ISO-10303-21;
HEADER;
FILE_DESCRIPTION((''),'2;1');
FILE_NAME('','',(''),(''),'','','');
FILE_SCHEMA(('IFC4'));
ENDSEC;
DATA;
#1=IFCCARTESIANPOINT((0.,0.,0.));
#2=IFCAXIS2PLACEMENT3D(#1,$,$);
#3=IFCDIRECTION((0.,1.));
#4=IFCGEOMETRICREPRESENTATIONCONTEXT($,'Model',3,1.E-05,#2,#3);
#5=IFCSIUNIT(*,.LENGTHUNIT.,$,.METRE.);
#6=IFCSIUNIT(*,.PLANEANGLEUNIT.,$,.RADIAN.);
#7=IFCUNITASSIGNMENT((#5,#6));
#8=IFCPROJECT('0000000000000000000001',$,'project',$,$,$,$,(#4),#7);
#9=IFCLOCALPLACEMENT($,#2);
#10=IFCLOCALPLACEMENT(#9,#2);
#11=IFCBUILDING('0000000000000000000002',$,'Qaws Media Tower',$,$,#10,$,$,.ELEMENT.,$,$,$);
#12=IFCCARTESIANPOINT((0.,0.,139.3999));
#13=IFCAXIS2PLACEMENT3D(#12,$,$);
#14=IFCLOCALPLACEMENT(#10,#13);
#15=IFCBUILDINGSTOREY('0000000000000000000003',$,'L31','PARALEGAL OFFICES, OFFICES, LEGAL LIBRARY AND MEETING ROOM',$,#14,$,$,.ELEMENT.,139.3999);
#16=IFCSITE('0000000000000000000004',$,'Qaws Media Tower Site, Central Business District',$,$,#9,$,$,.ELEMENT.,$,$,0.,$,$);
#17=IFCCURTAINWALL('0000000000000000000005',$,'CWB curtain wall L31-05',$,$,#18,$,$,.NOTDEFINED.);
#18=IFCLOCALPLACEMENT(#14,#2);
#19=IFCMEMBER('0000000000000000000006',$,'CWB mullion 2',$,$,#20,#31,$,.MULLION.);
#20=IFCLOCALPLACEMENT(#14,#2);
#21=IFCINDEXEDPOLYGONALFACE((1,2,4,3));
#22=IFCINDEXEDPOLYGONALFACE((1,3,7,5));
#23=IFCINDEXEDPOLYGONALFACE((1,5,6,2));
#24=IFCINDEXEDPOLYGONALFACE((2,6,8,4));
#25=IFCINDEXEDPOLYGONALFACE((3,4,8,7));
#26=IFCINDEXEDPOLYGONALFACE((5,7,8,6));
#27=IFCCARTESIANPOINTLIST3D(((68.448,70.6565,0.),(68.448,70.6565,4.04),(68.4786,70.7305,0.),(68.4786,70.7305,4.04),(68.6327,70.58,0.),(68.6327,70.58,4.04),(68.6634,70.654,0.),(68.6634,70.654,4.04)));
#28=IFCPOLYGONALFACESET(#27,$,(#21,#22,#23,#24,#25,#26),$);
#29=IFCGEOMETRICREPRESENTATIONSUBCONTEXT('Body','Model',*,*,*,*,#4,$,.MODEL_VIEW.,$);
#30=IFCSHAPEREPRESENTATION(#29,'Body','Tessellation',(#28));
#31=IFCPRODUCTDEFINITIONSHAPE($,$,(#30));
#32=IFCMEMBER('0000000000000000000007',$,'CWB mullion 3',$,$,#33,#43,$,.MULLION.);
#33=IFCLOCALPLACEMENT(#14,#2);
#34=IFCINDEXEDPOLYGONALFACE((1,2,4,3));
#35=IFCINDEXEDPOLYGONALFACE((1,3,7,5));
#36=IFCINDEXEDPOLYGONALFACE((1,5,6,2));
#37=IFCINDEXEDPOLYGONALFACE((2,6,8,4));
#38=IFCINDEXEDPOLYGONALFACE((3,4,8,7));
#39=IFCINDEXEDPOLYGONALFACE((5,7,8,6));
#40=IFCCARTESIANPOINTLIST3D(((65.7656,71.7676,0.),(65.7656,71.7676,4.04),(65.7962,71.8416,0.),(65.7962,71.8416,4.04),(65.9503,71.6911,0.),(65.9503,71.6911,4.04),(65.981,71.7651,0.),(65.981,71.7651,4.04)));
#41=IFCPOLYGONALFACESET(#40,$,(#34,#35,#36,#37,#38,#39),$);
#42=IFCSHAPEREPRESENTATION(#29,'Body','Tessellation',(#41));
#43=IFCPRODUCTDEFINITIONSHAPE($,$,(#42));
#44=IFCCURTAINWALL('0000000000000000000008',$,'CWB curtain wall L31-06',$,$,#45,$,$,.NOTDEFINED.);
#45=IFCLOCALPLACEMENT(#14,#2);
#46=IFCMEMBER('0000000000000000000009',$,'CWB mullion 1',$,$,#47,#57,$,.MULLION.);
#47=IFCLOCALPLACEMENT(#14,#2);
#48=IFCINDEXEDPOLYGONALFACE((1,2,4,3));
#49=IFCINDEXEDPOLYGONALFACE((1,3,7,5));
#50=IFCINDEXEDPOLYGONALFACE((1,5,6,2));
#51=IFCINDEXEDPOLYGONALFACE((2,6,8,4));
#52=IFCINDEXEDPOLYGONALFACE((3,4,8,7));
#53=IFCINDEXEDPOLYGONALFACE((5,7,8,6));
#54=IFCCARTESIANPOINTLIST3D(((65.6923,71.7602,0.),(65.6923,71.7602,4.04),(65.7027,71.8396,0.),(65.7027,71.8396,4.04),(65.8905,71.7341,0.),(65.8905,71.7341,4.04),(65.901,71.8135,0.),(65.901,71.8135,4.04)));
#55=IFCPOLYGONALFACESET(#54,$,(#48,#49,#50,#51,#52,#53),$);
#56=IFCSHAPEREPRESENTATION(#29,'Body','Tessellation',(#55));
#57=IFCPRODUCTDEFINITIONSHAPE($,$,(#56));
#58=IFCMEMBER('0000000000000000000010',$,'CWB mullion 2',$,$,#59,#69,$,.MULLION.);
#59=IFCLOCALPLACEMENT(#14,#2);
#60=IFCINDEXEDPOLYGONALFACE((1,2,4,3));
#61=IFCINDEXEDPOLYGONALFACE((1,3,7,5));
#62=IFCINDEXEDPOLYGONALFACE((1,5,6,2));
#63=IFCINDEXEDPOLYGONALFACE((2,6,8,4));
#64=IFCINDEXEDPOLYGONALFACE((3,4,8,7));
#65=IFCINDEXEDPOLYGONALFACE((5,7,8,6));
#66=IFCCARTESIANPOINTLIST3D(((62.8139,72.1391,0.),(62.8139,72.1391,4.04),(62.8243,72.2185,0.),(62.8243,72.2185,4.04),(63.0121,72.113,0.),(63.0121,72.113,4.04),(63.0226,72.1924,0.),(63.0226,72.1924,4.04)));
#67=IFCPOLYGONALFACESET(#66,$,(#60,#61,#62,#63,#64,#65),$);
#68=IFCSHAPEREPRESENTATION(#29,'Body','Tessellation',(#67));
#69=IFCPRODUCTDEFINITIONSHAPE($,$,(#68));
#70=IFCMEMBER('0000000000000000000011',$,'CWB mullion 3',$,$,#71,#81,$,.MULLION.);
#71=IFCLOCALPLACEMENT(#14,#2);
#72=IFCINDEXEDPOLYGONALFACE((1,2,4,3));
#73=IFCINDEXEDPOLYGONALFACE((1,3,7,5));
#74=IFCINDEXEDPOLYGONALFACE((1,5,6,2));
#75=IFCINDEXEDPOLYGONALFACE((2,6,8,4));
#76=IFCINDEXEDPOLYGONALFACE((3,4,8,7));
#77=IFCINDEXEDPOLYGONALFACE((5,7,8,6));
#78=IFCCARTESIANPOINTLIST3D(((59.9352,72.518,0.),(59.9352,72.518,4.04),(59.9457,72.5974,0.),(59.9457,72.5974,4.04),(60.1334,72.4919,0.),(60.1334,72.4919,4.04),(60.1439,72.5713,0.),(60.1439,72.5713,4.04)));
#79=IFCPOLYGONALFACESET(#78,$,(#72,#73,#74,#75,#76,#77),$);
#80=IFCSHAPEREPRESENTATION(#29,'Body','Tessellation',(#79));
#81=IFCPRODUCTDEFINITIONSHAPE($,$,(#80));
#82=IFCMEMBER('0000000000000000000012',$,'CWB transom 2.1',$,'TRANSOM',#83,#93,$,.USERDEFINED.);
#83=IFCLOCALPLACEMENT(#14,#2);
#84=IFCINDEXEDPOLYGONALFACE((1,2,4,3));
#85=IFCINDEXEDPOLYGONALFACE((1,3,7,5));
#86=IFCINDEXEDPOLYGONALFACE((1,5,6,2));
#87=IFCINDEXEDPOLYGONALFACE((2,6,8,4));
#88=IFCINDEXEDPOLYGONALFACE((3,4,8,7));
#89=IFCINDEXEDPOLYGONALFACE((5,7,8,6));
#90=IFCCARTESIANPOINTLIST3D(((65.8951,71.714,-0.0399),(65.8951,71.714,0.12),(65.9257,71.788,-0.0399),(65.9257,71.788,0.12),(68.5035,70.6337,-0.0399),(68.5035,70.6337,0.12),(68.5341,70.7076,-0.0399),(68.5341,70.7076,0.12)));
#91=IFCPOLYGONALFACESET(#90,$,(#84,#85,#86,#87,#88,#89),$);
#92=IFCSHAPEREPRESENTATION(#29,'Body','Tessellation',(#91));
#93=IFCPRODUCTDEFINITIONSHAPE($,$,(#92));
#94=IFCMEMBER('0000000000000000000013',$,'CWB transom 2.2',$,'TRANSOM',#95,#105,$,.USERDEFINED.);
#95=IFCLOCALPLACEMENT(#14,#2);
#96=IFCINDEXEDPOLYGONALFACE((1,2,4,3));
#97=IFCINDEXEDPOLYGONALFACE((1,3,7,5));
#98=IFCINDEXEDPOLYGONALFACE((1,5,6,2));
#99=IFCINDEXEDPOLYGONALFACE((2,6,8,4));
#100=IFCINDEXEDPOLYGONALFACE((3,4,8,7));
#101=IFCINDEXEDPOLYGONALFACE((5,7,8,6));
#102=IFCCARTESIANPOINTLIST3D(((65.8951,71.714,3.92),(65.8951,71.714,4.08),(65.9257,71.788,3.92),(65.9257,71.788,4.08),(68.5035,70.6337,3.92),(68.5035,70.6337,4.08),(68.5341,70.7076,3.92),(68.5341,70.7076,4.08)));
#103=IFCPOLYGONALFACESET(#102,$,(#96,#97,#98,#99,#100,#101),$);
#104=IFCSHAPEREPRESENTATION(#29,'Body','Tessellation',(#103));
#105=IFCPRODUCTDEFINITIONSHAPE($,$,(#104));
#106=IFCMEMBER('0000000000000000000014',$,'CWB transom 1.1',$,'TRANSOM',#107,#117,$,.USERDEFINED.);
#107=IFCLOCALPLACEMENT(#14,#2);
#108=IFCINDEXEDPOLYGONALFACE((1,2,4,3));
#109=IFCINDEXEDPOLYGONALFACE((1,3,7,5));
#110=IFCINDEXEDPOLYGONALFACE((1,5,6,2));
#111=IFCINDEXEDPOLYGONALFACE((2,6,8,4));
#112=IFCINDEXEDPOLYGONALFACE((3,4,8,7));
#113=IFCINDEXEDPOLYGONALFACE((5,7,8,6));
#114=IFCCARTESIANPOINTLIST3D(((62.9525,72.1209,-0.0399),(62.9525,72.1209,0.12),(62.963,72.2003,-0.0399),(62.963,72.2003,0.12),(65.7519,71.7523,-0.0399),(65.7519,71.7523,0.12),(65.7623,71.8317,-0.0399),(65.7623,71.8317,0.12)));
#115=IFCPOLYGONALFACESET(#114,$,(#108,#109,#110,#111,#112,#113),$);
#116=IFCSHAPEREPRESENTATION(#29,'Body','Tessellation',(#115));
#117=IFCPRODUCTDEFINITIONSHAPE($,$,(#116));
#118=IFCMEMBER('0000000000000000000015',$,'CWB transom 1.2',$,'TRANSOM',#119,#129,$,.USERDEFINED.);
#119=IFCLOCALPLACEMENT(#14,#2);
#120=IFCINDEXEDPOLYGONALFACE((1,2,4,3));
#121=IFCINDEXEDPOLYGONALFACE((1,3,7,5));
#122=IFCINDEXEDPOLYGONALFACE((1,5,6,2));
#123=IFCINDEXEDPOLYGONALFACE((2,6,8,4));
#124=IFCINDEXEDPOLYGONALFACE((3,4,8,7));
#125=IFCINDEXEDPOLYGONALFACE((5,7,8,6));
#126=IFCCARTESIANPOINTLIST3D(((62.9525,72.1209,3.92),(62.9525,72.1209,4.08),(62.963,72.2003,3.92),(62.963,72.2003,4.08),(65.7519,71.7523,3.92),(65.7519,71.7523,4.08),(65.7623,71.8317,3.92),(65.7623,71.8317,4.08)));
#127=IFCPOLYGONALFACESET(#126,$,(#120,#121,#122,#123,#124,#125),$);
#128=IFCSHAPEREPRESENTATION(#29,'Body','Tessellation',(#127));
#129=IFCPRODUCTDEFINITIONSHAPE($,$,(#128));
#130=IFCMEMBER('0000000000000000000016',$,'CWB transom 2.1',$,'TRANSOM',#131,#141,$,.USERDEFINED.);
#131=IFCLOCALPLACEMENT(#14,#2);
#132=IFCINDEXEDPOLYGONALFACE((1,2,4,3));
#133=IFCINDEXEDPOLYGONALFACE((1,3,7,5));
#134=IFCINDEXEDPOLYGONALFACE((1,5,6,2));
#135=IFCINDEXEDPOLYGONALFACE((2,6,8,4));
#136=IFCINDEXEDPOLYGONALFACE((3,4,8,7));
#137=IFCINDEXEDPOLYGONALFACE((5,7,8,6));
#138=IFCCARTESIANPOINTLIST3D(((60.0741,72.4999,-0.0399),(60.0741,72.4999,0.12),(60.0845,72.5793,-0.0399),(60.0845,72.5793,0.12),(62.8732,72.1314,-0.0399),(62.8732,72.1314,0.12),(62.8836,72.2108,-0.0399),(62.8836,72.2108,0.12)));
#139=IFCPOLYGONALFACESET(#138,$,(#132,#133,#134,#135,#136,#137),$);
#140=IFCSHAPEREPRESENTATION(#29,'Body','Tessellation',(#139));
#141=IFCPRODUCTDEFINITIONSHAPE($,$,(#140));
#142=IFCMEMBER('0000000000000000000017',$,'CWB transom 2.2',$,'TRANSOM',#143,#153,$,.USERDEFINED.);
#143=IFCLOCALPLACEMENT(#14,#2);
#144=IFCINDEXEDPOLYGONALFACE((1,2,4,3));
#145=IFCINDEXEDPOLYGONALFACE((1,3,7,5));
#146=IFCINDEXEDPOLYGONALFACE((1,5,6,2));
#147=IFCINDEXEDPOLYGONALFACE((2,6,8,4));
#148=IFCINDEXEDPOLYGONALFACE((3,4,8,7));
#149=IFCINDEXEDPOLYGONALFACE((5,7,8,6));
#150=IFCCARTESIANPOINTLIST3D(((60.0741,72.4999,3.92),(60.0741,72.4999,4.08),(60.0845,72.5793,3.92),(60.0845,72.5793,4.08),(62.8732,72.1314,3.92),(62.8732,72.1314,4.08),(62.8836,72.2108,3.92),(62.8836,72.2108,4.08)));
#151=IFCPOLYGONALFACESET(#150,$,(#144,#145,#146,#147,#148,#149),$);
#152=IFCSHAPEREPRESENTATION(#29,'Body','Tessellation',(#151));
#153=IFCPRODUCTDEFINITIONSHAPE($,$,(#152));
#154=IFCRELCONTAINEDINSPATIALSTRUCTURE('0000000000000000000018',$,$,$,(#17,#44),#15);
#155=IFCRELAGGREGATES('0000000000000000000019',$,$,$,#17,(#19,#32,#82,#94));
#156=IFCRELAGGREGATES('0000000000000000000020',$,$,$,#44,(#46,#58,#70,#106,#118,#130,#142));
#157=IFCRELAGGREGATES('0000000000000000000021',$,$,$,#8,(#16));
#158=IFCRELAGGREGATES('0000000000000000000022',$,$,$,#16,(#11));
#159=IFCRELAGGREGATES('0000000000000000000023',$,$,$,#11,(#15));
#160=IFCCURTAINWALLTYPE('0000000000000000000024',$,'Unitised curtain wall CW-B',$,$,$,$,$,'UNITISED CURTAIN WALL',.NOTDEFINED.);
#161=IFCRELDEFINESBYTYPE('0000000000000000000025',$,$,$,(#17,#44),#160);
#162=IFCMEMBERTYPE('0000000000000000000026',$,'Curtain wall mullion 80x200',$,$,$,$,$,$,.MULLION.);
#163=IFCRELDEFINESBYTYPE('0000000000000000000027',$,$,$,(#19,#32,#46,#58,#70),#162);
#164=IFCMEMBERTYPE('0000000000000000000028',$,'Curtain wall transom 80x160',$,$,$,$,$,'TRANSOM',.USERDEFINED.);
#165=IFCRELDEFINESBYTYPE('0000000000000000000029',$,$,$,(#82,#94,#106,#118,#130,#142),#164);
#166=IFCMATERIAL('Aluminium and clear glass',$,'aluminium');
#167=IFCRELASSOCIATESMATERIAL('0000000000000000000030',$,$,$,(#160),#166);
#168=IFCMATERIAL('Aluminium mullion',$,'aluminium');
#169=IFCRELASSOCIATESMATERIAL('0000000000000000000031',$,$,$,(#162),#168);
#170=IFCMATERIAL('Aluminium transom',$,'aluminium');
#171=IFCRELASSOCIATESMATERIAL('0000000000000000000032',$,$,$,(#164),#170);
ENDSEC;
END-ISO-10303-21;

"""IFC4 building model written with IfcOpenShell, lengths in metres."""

from ifc_helpers import new_model, si_unit, direction, frame, origin, origin_2d, place, context, subcontext, project, spatial, rectangle, extrude, material, material_profile, profile_set, type_object, element, aggregate, save


model = new_model("IFC4")

# Units and contexts
model_context = context("Model", 3, precision=1e-05, world=origin(), true_north=direction((0.0, 1.0)))
body_context = subcontext(model_context, "Body", "Model", "MODEL_VIEW")
ifc_project = project(units=[si_unit("LENGTHUNIT", "METRE"), si_unit("PLANEANGLEUNIT", "RADIAN")], contexts=[model_context])

# Site, building, storey
site_placement = place(None, origin())
site = spatial("IfcSite", under=ifc_project, at=site_placement, Name="Qaws Media Tower Site, Central Business District", CompositionType="ELEMENT", RefElevation=0.0)
building_placement = place(site_placement, origin())
building = spatial("IfcBuilding", under=site, at=building_placement, Name="Qaws Media Tower", CompositionType="ELEMENT")
storey_placement = place(building_placement, frame((0.0, 0.0, 139.3999)))
storey = spatial("IfcBuildingStorey", under=building, at=storey_placement, Name="L31", Description="PARALEGAL OFFICES, OFFICES, LEGAL LIBRARY AND MEETING ROOM", CompositionType="ELEMENT", Elevation=139.3999)

# Curtain walls, members
ifc_material_1 = material(Name="Aluminium and clear glass", Category="aluminium")
curtain_wall_type = type_object("IfcCurtainWallType", Name="Unitised curtain wall CW-B", ElementType="UNITISED CURTAIN WALL", PredefinedType="NOTDEFINED", material=ifc_material_1)
curtain_wall_1_placement = place(storey_placement, origin())
curtain_wall_1 = element("IfcCurtainWall", 1, at=curtain_wall_1_placement, inside=storey, type_object=curtain_wall_type, Name="CWB curtain wall L31-05", PredefinedType="NOTDEFINED")
ifc_material_2 = material(Name="Aluminium mullion", Category="aluminium")
ifc_material_profile_1 = material_profile(ifc_material_2, rectangle(XDim=0.0801, YDim=0.2, at=origin_2d()), Name="80x200")
ifc_profile_set_1 = profile_set([ifc_material_profile_1], Name="Aluminium mullion")
member_type_1 = type_object("IfcMemberType", Name="Curtain wall mullion 80x200", PredefinedType="MULLION", material=ifc_profile_set_1)
member_1_placement = place(storey_placement, frame((68.5557, 70.6553, 0.0), z_axis=(0.0, 0.0, 1.0), x_axis=(-0.382683, -0.92388, 0.0)))
member_1 = element("IfcMember", 2, at=member_1_placement, type_object=member_type_1, Name="CWB mullion 2", PredefinedType="MULLION", context=body_context, shape_type="SweptSolid", body=[
    extrude(rectangle(XDim=0.0801, YDim=0.2, at=origin_2d()), origin(), (0.0, 0.0, 1.0), 4.04),
])
member_2_placement = place(storey_placement, frame((65.8733, 71.7664, 0.0), z_axis=(0.0, 0.0, 1.0), x_axis=(-0.382683, -0.92388, 0.0)))
member_2 = element("IfcMember", 3, at=member_2_placement, type_object=member_type_1, Name="CWB mullion 3", PredefinedType="MULLION", context=body_context, shape_type="SweptSolid", body=[
    extrude(rectangle(XDim=0.0801, YDim=0.2, at=origin_2d()), origin(), (0.0, 0.0, 1.0), 4.04),
])
curtain_wall_2_placement = place(storey_placement, origin())
curtain_wall_2 = element("IfcCurtainWall", 4, at=curtain_wall_2_placement, inside=storey, type_object=curtain_wall_type, Name="CWB curtain wall L31-06", PredefinedType="NOTDEFINED")
member_3_placement = place(storey_placement, frame((65.7966, 71.7869, 0.0), z_axis=(0.0, 0.0, 1.0), x_axis=(-0.130526, -0.991445, 0.0)))
member_3 = element("IfcMember", 5, at=member_3_placement, type_object=member_type_1, Name="CWB mullion 1", PredefinedType="MULLION", context=body_context, shape_type="SweptSolid", body=[
    extrude(rectangle(XDim=0.0801, YDim=0.2, at=origin_2d()), origin(), (0.0, 0.0, 1.0), 4.04),
])
member_4_placement = place(storey_placement, frame((62.9182, 72.1658, 0.0), z_axis=(0.0, 0.0, 1.0), x_axis=(-0.130526, -0.991445, 0.0)))
member_4 = element("IfcMember", 6, at=member_4_placement, type_object=member_type_1, Name="CWB mullion 2", PredefinedType="MULLION", context=body_context, shape_type="SweptSolid", body=[
    extrude(rectangle(XDim=0.0801, YDim=0.2, at=origin_2d()), origin(), (0.0, 0.0, 1.0), 4.04),
])
member_5_placement = place(storey_placement, frame((60.0396, 72.5447, 0.0), z_axis=(0.0, 0.0, 1.0), x_axis=(-0.130526, -0.991445, 0.0)))
member_5 = element("IfcMember", 7, at=member_5_placement, type_object=member_type_1, Name="CWB mullion 3", PredefinedType="MULLION", context=body_context, shape_type="SweptSolid", body=[
    extrude(rectangle(XDim=0.0801, YDim=0.2, at=origin_2d()), origin(), (0.0, 0.0, 1.0), 4.04),
])

# Members
ifc_material_3 = material(Name="Aluminium transom", Category="aluminium")
ifc_material_profile_2 = material_profile(ifc_material_3, rectangle(XDim=0.0801, YDim=0.1599, at=origin_2d()), Name="80x160")
ifc_profile_set_2 = profile_set([ifc_material_profile_2], Name="Aluminium transom")
member_type_2 = type_object("IfcMemberType", Name="Curtain wall transom 80x160", ElementType="TRANSOM", PredefinedType="USERDEFINED", material=ifc_profile_set_2)
member_6_placement = place(storey_placement, frame((68.5188, 70.6707, 0.04), z_axis=(-0.923894, 0.38265, 0.0), x_axis=(-0.38265, -0.923894, 0.0)))
member_6 = element("IfcMember", 8, at=member_6_placement, type_object=member_type_2, Name="CWB transom 2.1", ObjectType="TRANSOM", PredefinedType="USERDEFINED", context=body_context, shape_type="SweptSolid", body=[
    extrude(rectangle(XDim=0.0801, YDim=0.1599, at=origin_2d()), origin(), (0.0, 0.0, 1.0), 2.8232),
])
member_7_placement = place(storey_placement, frame((68.5188, 70.6707, 4.0), z_axis=(-0.923894, 0.38265, 0.0), x_axis=(-0.38265, -0.923894, 0.0)))
member_7 = element("IfcMember", 9, at=member_7_placement, type_object=member_type_2, Name="CWB transom 2.2", ObjectType="TRANSOM", PredefinedType="USERDEFINED", context=body_context, shape_type="SweptSolid", body=[
    extrude(rectangle(XDim=0.0801, YDim=0.1599, at=origin_2d()), origin(), (0.0, 0.0, 1.0), 2.8232),
])
member_8_placement = place(storey_placement, frame((65.7571, 71.792, 0.04), z_axis=(-0.99144, 0.130566, 0.0), x_axis=(-0.130566, -0.99144, 0.0)))
member_8 = element("IfcMember", 10, at=member_8_placement, type_object=member_type_2, Name="CWB transom 1.1", ObjectType="TRANSOM", PredefinedType="USERDEFINED", context=body_context, shape_type="SweptSolid", body=[
    extrude(rectangle(XDim=0.0801, YDim=0.1599, at=origin_2d()), origin(), (0.0, 0.0, 1.0), 2.8235),
])
member_9_placement = place(storey_placement, frame((65.7571, 71.792, 4.0), z_axis=(-0.99144, 0.130566, 0.0), x_axis=(-0.130566, -0.99144, 0.0)))
member_9 = element("IfcMember", 11, at=member_9_placement, type_object=member_type_2, Name="CWB transom 1.2", ObjectType="TRANSOM", PredefinedType="USERDEFINED", context=body_context, shape_type="SweptSolid", body=[
    extrude(rectangle(XDim=0.0801, YDim=0.1599, at=origin_2d()), origin(), (0.0, 0.0, 1.0), 2.8235),
])
member_10_placement = place(storey_placement, frame((62.8784, 72.1711, 0.04), z_axis=(-0.991449, 0.130493, 0.0), x_axis=(-0.130493, -0.991449, 0.0)))
member_10 = element("IfcMember", 12, at=member_10_placement, type_object=member_type_2, Name="CWB transom 2.1", ObjectType="TRANSOM", PredefinedType="USERDEFINED", context=body_context, shape_type="SweptSolid", body=[
    extrude(rectangle(XDim=0.0801, YDim=0.1599, at=origin_2d()), origin(), (0.0, 0.0, 1.0), 2.8232),
])
member_11_placement = place(storey_placement, frame((62.8784, 72.1711, 4.0), z_axis=(-0.991449, 0.130493, 0.0), x_axis=(-0.130493, -0.991449, 0.0)))
member_11 = element("IfcMember", 13, at=member_11_placement, type_object=member_type_2, Name="CWB transom 2.2", ObjectType="TRANSOM", PredefinedType="USERDEFINED", context=body_context, shape_type="SweptSolid", body=[
    extrude(rectangle(XDim=0.0801, YDim=0.1599, at=origin_2d()), origin(), (0.0, 0.0, 1.0), 2.8232),
])

aggregate(curtain_wall_1, [member_1, member_2, member_6, member_7])
aggregate(curtain_wall_2, [member_3, member_4, member_5, member_8, member_9, member_10, member_11])

save(model, "model.ifc")
